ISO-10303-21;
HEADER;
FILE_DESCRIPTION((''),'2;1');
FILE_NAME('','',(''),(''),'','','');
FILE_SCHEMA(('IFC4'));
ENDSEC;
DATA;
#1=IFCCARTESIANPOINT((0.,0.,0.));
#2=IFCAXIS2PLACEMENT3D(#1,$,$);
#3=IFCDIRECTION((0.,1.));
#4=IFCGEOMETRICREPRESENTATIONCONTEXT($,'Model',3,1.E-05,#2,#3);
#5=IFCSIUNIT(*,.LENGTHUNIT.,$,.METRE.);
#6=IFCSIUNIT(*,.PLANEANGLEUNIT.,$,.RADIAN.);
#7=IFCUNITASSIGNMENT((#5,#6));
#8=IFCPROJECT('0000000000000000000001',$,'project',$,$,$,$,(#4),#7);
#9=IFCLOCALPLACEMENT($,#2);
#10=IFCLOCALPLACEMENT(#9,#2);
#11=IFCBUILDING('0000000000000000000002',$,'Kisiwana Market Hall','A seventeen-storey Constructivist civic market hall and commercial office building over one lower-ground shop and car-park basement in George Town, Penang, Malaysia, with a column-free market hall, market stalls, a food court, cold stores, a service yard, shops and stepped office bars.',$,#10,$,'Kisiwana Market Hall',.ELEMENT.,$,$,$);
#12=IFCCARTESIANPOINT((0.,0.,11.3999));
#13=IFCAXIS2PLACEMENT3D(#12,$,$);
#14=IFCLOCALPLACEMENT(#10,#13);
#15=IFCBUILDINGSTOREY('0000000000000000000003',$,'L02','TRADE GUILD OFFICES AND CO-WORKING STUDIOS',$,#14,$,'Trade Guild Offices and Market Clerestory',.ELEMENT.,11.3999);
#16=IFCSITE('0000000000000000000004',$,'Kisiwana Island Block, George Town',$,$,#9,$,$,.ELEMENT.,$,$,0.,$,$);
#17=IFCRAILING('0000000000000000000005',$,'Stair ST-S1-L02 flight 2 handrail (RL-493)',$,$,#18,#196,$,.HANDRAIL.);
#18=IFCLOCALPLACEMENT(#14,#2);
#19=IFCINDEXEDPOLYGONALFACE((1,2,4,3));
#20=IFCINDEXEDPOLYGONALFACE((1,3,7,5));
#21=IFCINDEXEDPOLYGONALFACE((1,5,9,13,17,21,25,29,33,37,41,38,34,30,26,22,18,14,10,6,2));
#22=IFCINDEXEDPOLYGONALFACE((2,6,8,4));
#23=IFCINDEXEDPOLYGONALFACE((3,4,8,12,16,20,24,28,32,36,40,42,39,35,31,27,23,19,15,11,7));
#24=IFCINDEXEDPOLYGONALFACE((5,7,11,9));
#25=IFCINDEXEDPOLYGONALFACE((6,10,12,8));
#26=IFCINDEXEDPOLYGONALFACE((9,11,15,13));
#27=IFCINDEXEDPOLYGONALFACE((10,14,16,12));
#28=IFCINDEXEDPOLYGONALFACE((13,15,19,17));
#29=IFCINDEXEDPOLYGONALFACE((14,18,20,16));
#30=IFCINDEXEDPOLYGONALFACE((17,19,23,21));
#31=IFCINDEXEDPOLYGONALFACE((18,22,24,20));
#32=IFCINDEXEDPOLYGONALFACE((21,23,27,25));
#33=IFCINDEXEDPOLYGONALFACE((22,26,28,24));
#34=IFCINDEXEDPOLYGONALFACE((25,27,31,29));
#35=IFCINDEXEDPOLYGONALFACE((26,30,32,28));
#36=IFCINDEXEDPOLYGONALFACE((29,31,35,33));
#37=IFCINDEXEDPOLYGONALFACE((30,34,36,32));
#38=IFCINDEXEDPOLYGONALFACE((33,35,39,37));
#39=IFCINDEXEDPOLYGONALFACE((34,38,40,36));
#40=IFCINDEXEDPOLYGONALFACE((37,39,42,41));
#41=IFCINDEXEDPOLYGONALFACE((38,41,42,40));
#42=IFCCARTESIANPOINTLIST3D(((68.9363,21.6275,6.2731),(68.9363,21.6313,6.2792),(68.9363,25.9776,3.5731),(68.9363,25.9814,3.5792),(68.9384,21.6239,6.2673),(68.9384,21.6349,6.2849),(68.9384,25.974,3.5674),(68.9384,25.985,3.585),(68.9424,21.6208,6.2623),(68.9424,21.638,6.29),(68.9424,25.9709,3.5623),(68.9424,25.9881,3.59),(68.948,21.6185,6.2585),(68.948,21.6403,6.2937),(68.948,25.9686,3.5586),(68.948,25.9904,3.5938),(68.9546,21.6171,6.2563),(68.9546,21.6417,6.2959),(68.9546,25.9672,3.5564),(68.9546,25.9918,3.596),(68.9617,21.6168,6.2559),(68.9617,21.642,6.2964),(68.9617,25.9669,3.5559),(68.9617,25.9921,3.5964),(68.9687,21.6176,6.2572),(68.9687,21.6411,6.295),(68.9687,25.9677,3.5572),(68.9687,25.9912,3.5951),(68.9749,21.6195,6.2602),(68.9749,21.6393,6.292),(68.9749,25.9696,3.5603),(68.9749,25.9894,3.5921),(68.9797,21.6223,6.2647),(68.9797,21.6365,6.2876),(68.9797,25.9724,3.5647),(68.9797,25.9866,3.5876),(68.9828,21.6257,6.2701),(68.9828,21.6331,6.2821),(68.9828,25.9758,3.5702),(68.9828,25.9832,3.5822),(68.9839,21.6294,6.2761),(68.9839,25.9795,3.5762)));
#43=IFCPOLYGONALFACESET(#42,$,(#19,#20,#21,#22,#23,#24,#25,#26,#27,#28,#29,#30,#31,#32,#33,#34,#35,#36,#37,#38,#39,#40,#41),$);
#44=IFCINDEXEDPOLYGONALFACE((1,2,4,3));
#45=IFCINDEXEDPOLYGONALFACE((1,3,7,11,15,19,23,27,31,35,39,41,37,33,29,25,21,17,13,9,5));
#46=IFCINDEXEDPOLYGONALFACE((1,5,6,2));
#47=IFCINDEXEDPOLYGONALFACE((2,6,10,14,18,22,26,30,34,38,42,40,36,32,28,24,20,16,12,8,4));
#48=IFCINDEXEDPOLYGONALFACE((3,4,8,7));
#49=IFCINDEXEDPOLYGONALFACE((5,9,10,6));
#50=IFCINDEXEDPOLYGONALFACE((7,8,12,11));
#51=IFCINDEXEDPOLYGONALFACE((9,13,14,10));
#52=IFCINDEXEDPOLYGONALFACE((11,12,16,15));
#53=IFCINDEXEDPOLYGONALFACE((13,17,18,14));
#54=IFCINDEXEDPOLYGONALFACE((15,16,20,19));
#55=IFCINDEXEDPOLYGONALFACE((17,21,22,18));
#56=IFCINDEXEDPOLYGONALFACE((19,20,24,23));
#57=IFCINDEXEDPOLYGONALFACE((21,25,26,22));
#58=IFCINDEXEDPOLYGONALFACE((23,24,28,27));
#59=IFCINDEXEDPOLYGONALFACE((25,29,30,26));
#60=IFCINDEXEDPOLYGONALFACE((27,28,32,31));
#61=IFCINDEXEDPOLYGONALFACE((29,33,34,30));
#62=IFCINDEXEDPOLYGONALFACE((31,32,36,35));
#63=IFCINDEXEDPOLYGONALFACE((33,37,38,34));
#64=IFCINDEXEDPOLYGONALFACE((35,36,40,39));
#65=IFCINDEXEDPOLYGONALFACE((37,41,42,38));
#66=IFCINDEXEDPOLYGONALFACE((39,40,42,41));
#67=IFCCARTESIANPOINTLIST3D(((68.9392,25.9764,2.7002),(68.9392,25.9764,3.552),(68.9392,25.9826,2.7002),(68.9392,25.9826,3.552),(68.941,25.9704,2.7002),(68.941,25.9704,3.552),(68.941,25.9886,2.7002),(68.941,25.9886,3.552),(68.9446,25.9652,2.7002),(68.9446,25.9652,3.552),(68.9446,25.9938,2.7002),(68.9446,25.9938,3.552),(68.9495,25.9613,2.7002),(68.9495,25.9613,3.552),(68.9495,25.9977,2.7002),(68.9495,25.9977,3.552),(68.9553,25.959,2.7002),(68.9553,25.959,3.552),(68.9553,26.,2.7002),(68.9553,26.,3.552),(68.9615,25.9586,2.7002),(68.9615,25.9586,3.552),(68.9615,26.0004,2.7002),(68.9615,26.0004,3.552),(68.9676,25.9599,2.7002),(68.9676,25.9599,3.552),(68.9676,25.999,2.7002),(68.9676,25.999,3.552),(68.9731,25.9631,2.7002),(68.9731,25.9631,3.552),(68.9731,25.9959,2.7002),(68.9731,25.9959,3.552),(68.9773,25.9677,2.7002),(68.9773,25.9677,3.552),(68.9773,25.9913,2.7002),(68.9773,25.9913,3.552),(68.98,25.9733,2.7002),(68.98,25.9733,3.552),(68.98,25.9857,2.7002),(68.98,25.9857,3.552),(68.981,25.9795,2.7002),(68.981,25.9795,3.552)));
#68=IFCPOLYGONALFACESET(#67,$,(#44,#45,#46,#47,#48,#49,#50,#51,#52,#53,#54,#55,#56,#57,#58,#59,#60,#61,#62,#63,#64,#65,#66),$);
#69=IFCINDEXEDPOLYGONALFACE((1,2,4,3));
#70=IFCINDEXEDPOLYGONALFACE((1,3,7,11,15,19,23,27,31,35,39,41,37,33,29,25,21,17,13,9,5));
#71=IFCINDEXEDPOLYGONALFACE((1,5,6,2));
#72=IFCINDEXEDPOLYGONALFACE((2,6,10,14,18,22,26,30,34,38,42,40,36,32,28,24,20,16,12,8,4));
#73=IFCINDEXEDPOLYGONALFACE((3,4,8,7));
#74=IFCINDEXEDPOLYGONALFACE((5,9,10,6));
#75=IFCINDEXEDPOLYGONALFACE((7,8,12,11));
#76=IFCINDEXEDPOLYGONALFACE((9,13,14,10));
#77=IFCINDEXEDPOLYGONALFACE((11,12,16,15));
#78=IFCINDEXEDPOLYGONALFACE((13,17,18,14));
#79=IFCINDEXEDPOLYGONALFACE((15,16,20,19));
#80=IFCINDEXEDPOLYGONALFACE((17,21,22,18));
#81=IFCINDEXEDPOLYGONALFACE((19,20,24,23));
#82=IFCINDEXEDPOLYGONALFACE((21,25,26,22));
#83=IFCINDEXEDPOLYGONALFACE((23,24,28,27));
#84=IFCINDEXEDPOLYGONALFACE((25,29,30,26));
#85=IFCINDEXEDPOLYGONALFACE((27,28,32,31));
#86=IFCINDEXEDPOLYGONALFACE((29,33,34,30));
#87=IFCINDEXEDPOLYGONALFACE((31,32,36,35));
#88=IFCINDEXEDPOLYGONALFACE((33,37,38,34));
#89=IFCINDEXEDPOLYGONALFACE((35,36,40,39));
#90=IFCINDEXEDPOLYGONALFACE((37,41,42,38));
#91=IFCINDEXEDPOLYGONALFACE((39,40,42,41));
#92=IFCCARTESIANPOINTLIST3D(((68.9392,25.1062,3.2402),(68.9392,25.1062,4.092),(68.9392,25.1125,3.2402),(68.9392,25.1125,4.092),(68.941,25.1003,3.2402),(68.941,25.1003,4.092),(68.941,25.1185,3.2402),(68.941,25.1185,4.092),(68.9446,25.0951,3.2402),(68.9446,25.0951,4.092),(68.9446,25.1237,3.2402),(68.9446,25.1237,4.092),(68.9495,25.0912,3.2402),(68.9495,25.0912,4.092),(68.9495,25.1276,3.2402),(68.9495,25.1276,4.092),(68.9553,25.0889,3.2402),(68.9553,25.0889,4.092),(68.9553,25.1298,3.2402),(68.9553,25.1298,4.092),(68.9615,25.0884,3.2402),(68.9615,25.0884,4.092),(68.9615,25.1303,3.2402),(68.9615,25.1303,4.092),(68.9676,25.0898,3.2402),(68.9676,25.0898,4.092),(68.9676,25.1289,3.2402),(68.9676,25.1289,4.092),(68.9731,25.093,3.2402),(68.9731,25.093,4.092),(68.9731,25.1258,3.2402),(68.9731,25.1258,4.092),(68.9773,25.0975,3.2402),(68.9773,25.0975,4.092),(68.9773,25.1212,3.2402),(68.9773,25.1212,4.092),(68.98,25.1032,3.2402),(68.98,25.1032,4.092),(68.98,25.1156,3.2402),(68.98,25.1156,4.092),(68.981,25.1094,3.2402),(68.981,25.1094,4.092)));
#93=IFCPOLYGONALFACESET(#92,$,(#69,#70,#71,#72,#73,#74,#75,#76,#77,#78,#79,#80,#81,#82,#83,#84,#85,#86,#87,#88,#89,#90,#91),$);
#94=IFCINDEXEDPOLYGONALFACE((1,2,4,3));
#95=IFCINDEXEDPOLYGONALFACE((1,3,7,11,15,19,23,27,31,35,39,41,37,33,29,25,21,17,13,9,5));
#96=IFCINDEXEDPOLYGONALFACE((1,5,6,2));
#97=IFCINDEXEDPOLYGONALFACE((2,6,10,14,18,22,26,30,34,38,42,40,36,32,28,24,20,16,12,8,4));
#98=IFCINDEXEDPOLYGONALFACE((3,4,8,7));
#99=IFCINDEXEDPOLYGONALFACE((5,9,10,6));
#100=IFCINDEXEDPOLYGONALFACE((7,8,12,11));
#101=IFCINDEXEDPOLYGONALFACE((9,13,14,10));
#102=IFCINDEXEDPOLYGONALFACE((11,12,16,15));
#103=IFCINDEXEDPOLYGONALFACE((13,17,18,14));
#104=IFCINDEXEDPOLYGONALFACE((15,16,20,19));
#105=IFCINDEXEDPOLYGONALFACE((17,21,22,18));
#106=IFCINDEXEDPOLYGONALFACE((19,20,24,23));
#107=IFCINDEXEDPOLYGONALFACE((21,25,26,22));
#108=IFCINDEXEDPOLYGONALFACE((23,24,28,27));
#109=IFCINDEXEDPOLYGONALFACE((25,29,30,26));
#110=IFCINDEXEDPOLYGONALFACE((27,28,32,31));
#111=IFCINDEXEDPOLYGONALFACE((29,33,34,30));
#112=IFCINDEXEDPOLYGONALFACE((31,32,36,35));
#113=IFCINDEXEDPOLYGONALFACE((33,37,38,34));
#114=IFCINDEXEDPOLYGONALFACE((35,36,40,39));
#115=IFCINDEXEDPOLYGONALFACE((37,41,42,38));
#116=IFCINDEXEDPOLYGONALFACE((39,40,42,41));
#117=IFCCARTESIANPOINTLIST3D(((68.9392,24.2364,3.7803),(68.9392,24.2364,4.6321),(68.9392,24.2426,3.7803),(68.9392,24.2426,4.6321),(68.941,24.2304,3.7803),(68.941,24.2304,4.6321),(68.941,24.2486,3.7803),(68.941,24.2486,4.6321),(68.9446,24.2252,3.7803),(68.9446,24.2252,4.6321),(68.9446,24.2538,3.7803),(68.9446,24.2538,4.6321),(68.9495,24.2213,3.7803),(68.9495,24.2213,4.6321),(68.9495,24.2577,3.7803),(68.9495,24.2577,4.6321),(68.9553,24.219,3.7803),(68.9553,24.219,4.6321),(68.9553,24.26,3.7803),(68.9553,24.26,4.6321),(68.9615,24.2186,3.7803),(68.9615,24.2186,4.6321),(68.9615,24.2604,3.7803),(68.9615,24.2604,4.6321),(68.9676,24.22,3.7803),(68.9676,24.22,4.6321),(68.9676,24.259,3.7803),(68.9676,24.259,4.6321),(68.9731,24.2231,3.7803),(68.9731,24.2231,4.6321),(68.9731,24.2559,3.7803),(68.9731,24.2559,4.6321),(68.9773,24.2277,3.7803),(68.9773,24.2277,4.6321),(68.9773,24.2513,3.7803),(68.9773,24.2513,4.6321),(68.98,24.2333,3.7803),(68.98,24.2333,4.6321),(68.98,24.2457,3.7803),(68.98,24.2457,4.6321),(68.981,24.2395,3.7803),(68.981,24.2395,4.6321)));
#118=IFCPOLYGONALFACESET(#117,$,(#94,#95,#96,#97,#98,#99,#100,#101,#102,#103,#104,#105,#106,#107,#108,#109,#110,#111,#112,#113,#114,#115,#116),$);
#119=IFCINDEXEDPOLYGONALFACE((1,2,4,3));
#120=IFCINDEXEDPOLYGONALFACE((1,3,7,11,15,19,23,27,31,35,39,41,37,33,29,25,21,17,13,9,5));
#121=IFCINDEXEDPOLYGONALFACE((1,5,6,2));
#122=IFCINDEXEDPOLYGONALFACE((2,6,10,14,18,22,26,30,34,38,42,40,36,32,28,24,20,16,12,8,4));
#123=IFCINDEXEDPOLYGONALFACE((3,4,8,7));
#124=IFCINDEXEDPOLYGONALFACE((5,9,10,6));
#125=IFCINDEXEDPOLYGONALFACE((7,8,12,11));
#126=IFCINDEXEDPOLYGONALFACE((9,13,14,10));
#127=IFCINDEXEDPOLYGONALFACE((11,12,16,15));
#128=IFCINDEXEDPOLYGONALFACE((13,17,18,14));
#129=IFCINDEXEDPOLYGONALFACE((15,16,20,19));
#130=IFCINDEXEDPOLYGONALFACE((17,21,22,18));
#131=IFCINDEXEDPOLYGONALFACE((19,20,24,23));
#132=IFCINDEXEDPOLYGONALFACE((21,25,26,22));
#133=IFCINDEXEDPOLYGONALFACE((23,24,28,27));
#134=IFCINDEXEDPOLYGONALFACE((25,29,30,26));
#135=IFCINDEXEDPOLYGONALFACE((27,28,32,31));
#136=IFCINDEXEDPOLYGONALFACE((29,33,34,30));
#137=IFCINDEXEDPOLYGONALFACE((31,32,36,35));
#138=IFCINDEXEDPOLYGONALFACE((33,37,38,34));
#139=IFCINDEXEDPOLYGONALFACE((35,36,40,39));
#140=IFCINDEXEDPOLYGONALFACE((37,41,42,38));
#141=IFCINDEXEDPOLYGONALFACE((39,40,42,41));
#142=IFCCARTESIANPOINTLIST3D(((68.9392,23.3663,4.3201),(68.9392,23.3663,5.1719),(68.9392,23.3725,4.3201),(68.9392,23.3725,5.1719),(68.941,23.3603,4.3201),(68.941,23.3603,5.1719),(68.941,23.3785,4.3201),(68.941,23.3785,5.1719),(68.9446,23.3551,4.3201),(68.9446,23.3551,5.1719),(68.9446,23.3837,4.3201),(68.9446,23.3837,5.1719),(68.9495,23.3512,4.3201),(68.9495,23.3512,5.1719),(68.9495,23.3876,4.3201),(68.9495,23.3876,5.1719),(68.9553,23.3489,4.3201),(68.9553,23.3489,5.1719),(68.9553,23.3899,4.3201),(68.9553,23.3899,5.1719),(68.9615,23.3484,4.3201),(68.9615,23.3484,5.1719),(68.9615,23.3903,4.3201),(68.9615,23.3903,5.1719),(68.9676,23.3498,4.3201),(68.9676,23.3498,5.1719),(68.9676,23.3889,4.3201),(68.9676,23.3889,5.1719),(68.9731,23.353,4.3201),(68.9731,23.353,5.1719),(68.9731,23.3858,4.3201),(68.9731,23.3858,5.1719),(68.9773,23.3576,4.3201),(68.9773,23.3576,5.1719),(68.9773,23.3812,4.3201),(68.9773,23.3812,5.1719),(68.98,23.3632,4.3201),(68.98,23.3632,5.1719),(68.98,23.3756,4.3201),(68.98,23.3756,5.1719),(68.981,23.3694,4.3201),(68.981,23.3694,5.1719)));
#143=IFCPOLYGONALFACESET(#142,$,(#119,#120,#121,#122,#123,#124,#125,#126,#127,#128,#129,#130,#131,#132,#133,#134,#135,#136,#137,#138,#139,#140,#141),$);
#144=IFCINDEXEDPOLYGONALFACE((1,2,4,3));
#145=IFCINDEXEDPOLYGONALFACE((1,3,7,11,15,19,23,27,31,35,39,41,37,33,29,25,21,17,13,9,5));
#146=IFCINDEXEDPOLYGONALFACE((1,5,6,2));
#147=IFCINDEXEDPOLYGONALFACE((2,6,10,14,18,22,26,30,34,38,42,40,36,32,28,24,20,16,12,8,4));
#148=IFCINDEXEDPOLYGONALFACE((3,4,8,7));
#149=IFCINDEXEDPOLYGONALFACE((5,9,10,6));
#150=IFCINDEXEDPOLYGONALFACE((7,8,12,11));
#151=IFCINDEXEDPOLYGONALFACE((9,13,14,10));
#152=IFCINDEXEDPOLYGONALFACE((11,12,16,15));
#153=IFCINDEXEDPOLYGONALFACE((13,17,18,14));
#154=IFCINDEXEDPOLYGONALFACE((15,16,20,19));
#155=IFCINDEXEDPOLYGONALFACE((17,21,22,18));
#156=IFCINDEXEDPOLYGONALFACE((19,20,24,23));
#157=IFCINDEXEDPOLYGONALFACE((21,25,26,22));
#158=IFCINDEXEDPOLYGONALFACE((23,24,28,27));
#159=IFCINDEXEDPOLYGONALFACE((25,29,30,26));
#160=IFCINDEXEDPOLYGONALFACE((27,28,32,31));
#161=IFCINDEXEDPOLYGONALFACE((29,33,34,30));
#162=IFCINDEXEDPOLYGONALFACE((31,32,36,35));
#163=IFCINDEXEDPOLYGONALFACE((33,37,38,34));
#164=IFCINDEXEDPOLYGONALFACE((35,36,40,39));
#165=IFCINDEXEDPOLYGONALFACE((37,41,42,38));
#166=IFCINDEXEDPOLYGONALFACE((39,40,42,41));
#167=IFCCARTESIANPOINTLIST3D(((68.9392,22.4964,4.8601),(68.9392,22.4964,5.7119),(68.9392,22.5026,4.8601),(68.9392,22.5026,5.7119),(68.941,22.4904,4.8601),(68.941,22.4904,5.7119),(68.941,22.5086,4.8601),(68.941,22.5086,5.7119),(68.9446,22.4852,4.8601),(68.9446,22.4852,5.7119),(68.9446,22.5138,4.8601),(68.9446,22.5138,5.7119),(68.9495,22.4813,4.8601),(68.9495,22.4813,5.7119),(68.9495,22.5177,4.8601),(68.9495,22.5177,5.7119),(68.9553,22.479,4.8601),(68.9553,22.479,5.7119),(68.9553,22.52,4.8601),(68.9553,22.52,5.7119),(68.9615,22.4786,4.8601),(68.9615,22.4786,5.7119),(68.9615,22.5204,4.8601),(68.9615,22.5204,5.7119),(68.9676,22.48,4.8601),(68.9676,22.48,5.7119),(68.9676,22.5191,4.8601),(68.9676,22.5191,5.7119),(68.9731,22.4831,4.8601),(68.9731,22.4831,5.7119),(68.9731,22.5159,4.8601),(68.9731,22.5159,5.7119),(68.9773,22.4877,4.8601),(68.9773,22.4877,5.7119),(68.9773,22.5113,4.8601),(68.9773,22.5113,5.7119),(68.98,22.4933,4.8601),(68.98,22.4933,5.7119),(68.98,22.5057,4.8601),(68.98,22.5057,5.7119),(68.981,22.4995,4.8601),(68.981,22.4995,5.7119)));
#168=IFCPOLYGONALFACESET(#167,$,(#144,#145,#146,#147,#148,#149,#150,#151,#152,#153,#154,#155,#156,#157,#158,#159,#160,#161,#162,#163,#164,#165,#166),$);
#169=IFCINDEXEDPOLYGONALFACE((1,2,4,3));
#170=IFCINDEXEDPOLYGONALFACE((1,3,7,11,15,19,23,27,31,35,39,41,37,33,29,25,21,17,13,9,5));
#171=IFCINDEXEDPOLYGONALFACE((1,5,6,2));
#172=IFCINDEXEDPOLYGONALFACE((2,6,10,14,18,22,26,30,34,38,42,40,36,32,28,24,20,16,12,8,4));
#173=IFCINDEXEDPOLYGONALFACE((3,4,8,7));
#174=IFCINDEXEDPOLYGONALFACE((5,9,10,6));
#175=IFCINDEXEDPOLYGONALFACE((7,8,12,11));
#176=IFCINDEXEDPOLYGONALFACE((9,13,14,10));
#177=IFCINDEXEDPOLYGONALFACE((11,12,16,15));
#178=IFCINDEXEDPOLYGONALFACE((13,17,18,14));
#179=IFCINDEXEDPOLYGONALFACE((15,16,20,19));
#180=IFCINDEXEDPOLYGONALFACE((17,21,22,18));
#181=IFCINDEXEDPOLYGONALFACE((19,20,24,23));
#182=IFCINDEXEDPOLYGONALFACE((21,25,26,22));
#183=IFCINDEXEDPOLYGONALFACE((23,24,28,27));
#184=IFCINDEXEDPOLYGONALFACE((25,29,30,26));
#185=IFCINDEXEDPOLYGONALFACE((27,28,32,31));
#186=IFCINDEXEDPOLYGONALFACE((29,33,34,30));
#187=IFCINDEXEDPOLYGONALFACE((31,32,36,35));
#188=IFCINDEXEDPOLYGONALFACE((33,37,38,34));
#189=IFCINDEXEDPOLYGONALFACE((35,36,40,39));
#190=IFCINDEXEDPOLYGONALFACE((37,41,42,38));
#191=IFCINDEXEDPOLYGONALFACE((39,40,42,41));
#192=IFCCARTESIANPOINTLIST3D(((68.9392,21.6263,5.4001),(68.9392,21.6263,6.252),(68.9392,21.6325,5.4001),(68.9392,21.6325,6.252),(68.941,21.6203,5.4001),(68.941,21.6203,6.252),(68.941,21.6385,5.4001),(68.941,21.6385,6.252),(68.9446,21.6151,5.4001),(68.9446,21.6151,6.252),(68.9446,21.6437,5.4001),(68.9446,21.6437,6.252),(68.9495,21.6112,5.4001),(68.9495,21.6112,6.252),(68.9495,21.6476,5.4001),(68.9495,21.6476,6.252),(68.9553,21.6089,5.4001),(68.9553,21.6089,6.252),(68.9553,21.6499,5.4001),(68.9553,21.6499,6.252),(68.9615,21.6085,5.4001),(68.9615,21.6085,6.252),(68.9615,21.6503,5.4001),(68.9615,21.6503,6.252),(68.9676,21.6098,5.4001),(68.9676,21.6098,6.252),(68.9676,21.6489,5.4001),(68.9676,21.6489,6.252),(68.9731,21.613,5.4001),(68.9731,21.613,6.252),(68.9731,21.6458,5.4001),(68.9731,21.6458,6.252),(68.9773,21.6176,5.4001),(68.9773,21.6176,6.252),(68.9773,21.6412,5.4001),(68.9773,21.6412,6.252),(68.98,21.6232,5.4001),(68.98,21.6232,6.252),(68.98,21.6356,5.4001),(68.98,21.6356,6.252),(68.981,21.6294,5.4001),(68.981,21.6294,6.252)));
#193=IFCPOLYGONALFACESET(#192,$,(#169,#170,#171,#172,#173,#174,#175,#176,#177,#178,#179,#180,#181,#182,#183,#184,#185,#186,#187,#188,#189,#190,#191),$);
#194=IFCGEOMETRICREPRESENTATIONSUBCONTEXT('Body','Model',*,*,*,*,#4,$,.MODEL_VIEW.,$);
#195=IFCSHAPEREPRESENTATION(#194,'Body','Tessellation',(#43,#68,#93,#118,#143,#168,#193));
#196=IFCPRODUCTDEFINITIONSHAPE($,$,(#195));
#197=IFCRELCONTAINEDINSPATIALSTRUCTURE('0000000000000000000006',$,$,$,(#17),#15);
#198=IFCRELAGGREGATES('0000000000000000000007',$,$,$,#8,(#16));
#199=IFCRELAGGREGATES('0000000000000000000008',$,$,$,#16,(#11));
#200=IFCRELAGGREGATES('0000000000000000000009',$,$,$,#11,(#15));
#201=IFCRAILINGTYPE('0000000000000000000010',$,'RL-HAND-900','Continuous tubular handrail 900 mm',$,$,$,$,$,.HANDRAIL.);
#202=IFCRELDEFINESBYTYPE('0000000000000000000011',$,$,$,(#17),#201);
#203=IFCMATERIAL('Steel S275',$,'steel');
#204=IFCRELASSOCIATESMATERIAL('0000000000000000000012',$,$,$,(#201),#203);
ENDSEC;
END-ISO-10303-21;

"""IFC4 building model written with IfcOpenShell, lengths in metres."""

from ifc_helpers import new_model, si_unit, direction, frame, origin, origin_2d, place, context, subcontext, project, spatial, circle, extrude, material, type_object, element, save


model = new_model("IFC4")

# Units and contexts
model_context = context("Model", 3, precision=1e-05, world=origin(), true_north=direction((0.0, 1.0)))
body_context = subcontext(model_context, "Body", "Model", "MODEL_VIEW")
ifc_project = project(units=[si_unit("LENGTHUNIT", "METRE"), si_unit("PLANEANGLEUNIT", "RADIAN")], contexts=[model_context])

# Site, building, storey
site_placement = place(None, origin())
site = spatial("IfcSite", under=ifc_project, at=site_placement, Name="Kisiwana Island Block, George Town", CompositionType="ELEMENT", RefElevation=0.0)
building_placement = place(site_placement, origin())
building = spatial("IfcBuilding", under=site, at=building_placement, Name="Kisiwana Market Hall", Description="A seventeen-storey Constructivist civic market hall and commercial office building over one lower-ground shop and car-park basement in George Town, Penang, Malaysia, with a column-free market hall, market stalls, a food court, cold stores, a service yard, shops and stepped office bars.", LongName="Kisiwana Market Hall", CompositionType="ELEMENT")
storey_placement = place(building_placement, frame((0.0, 0.0, 11.3999)))
storey = spatial("IfcBuildingStorey", under=building, at=storey_placement, Name="L02", Description="TRADE GUILD OFFICES AND CO-WORKING STUDIOS", LongName="Trade Guild Offices and Market Clerestory", CompositionType="ELEMENT", Elevation=11.3999)

# Railing
ifc_material_1 = material(Name="Steel S275", Category="steel")
railing_type = type_object("IfcRailingType", Name="RL-HAND-900", Description="Continuous tubular handrail 900 mm", PredefinedType="HANDRAIL", material=ifc_material_1)
railing_placement = place(storey_placement, frame((68.96, 25.9795, 2.7002)))
element("IfcRailing", 1, at=railing_placement, inside=storey, type_object=railing_type, Name="Stair ST-S1-L02 flight 2 handrail (RL-493)", PredefinedType="HANDRAIL", context=body_context, shape_type="SweptSolid", body=[
    extrude(circle(Radius=0.0239, at=origin_2d()), frame((0.0, 0.0, 0.876), z_axis=(0.0, -0.84965, 0.527347), x_axis=(1.0, 0.0, 0.0)), (0.0, 0.0, 1.0), 5.1199),
    extrude(circle(Radius=0.021, at=origin_2d()), origin(), (0.0, 0.0, 1.0), 0.8518),
    extrude(circle(Radius=0.021, at=origin_2d()), frame((0.0, -0.8701, 0.54)), (0.0, 0.0, 1.0), 0.8518),
    extrude(circle(Radius=0.021, at=origin_2d()), frame((0.0, -1.74, 1.0801)), (0.0, 0.0, 1.0), 0.8518),
    extrude(circle(Radius=0.021, at=origin_2d()), frame((0.0, -2.6101, 1.6199)), (0.0, 0.0, 1.0), 0.8518),
    extrude(circle(Radius=0.021, at=origin_2d()), frame((0.0, -3.48, 2.1599)), (0.0, 0.0, 1.0), 0.8518),
    extrude(circle(Radius=0.021, at=origin_2d()), frame((0.0, -4.3501, 2.7)), (0.0, 0.0, 1.0), 0.8518),
])

save(model, "model.ifc")
